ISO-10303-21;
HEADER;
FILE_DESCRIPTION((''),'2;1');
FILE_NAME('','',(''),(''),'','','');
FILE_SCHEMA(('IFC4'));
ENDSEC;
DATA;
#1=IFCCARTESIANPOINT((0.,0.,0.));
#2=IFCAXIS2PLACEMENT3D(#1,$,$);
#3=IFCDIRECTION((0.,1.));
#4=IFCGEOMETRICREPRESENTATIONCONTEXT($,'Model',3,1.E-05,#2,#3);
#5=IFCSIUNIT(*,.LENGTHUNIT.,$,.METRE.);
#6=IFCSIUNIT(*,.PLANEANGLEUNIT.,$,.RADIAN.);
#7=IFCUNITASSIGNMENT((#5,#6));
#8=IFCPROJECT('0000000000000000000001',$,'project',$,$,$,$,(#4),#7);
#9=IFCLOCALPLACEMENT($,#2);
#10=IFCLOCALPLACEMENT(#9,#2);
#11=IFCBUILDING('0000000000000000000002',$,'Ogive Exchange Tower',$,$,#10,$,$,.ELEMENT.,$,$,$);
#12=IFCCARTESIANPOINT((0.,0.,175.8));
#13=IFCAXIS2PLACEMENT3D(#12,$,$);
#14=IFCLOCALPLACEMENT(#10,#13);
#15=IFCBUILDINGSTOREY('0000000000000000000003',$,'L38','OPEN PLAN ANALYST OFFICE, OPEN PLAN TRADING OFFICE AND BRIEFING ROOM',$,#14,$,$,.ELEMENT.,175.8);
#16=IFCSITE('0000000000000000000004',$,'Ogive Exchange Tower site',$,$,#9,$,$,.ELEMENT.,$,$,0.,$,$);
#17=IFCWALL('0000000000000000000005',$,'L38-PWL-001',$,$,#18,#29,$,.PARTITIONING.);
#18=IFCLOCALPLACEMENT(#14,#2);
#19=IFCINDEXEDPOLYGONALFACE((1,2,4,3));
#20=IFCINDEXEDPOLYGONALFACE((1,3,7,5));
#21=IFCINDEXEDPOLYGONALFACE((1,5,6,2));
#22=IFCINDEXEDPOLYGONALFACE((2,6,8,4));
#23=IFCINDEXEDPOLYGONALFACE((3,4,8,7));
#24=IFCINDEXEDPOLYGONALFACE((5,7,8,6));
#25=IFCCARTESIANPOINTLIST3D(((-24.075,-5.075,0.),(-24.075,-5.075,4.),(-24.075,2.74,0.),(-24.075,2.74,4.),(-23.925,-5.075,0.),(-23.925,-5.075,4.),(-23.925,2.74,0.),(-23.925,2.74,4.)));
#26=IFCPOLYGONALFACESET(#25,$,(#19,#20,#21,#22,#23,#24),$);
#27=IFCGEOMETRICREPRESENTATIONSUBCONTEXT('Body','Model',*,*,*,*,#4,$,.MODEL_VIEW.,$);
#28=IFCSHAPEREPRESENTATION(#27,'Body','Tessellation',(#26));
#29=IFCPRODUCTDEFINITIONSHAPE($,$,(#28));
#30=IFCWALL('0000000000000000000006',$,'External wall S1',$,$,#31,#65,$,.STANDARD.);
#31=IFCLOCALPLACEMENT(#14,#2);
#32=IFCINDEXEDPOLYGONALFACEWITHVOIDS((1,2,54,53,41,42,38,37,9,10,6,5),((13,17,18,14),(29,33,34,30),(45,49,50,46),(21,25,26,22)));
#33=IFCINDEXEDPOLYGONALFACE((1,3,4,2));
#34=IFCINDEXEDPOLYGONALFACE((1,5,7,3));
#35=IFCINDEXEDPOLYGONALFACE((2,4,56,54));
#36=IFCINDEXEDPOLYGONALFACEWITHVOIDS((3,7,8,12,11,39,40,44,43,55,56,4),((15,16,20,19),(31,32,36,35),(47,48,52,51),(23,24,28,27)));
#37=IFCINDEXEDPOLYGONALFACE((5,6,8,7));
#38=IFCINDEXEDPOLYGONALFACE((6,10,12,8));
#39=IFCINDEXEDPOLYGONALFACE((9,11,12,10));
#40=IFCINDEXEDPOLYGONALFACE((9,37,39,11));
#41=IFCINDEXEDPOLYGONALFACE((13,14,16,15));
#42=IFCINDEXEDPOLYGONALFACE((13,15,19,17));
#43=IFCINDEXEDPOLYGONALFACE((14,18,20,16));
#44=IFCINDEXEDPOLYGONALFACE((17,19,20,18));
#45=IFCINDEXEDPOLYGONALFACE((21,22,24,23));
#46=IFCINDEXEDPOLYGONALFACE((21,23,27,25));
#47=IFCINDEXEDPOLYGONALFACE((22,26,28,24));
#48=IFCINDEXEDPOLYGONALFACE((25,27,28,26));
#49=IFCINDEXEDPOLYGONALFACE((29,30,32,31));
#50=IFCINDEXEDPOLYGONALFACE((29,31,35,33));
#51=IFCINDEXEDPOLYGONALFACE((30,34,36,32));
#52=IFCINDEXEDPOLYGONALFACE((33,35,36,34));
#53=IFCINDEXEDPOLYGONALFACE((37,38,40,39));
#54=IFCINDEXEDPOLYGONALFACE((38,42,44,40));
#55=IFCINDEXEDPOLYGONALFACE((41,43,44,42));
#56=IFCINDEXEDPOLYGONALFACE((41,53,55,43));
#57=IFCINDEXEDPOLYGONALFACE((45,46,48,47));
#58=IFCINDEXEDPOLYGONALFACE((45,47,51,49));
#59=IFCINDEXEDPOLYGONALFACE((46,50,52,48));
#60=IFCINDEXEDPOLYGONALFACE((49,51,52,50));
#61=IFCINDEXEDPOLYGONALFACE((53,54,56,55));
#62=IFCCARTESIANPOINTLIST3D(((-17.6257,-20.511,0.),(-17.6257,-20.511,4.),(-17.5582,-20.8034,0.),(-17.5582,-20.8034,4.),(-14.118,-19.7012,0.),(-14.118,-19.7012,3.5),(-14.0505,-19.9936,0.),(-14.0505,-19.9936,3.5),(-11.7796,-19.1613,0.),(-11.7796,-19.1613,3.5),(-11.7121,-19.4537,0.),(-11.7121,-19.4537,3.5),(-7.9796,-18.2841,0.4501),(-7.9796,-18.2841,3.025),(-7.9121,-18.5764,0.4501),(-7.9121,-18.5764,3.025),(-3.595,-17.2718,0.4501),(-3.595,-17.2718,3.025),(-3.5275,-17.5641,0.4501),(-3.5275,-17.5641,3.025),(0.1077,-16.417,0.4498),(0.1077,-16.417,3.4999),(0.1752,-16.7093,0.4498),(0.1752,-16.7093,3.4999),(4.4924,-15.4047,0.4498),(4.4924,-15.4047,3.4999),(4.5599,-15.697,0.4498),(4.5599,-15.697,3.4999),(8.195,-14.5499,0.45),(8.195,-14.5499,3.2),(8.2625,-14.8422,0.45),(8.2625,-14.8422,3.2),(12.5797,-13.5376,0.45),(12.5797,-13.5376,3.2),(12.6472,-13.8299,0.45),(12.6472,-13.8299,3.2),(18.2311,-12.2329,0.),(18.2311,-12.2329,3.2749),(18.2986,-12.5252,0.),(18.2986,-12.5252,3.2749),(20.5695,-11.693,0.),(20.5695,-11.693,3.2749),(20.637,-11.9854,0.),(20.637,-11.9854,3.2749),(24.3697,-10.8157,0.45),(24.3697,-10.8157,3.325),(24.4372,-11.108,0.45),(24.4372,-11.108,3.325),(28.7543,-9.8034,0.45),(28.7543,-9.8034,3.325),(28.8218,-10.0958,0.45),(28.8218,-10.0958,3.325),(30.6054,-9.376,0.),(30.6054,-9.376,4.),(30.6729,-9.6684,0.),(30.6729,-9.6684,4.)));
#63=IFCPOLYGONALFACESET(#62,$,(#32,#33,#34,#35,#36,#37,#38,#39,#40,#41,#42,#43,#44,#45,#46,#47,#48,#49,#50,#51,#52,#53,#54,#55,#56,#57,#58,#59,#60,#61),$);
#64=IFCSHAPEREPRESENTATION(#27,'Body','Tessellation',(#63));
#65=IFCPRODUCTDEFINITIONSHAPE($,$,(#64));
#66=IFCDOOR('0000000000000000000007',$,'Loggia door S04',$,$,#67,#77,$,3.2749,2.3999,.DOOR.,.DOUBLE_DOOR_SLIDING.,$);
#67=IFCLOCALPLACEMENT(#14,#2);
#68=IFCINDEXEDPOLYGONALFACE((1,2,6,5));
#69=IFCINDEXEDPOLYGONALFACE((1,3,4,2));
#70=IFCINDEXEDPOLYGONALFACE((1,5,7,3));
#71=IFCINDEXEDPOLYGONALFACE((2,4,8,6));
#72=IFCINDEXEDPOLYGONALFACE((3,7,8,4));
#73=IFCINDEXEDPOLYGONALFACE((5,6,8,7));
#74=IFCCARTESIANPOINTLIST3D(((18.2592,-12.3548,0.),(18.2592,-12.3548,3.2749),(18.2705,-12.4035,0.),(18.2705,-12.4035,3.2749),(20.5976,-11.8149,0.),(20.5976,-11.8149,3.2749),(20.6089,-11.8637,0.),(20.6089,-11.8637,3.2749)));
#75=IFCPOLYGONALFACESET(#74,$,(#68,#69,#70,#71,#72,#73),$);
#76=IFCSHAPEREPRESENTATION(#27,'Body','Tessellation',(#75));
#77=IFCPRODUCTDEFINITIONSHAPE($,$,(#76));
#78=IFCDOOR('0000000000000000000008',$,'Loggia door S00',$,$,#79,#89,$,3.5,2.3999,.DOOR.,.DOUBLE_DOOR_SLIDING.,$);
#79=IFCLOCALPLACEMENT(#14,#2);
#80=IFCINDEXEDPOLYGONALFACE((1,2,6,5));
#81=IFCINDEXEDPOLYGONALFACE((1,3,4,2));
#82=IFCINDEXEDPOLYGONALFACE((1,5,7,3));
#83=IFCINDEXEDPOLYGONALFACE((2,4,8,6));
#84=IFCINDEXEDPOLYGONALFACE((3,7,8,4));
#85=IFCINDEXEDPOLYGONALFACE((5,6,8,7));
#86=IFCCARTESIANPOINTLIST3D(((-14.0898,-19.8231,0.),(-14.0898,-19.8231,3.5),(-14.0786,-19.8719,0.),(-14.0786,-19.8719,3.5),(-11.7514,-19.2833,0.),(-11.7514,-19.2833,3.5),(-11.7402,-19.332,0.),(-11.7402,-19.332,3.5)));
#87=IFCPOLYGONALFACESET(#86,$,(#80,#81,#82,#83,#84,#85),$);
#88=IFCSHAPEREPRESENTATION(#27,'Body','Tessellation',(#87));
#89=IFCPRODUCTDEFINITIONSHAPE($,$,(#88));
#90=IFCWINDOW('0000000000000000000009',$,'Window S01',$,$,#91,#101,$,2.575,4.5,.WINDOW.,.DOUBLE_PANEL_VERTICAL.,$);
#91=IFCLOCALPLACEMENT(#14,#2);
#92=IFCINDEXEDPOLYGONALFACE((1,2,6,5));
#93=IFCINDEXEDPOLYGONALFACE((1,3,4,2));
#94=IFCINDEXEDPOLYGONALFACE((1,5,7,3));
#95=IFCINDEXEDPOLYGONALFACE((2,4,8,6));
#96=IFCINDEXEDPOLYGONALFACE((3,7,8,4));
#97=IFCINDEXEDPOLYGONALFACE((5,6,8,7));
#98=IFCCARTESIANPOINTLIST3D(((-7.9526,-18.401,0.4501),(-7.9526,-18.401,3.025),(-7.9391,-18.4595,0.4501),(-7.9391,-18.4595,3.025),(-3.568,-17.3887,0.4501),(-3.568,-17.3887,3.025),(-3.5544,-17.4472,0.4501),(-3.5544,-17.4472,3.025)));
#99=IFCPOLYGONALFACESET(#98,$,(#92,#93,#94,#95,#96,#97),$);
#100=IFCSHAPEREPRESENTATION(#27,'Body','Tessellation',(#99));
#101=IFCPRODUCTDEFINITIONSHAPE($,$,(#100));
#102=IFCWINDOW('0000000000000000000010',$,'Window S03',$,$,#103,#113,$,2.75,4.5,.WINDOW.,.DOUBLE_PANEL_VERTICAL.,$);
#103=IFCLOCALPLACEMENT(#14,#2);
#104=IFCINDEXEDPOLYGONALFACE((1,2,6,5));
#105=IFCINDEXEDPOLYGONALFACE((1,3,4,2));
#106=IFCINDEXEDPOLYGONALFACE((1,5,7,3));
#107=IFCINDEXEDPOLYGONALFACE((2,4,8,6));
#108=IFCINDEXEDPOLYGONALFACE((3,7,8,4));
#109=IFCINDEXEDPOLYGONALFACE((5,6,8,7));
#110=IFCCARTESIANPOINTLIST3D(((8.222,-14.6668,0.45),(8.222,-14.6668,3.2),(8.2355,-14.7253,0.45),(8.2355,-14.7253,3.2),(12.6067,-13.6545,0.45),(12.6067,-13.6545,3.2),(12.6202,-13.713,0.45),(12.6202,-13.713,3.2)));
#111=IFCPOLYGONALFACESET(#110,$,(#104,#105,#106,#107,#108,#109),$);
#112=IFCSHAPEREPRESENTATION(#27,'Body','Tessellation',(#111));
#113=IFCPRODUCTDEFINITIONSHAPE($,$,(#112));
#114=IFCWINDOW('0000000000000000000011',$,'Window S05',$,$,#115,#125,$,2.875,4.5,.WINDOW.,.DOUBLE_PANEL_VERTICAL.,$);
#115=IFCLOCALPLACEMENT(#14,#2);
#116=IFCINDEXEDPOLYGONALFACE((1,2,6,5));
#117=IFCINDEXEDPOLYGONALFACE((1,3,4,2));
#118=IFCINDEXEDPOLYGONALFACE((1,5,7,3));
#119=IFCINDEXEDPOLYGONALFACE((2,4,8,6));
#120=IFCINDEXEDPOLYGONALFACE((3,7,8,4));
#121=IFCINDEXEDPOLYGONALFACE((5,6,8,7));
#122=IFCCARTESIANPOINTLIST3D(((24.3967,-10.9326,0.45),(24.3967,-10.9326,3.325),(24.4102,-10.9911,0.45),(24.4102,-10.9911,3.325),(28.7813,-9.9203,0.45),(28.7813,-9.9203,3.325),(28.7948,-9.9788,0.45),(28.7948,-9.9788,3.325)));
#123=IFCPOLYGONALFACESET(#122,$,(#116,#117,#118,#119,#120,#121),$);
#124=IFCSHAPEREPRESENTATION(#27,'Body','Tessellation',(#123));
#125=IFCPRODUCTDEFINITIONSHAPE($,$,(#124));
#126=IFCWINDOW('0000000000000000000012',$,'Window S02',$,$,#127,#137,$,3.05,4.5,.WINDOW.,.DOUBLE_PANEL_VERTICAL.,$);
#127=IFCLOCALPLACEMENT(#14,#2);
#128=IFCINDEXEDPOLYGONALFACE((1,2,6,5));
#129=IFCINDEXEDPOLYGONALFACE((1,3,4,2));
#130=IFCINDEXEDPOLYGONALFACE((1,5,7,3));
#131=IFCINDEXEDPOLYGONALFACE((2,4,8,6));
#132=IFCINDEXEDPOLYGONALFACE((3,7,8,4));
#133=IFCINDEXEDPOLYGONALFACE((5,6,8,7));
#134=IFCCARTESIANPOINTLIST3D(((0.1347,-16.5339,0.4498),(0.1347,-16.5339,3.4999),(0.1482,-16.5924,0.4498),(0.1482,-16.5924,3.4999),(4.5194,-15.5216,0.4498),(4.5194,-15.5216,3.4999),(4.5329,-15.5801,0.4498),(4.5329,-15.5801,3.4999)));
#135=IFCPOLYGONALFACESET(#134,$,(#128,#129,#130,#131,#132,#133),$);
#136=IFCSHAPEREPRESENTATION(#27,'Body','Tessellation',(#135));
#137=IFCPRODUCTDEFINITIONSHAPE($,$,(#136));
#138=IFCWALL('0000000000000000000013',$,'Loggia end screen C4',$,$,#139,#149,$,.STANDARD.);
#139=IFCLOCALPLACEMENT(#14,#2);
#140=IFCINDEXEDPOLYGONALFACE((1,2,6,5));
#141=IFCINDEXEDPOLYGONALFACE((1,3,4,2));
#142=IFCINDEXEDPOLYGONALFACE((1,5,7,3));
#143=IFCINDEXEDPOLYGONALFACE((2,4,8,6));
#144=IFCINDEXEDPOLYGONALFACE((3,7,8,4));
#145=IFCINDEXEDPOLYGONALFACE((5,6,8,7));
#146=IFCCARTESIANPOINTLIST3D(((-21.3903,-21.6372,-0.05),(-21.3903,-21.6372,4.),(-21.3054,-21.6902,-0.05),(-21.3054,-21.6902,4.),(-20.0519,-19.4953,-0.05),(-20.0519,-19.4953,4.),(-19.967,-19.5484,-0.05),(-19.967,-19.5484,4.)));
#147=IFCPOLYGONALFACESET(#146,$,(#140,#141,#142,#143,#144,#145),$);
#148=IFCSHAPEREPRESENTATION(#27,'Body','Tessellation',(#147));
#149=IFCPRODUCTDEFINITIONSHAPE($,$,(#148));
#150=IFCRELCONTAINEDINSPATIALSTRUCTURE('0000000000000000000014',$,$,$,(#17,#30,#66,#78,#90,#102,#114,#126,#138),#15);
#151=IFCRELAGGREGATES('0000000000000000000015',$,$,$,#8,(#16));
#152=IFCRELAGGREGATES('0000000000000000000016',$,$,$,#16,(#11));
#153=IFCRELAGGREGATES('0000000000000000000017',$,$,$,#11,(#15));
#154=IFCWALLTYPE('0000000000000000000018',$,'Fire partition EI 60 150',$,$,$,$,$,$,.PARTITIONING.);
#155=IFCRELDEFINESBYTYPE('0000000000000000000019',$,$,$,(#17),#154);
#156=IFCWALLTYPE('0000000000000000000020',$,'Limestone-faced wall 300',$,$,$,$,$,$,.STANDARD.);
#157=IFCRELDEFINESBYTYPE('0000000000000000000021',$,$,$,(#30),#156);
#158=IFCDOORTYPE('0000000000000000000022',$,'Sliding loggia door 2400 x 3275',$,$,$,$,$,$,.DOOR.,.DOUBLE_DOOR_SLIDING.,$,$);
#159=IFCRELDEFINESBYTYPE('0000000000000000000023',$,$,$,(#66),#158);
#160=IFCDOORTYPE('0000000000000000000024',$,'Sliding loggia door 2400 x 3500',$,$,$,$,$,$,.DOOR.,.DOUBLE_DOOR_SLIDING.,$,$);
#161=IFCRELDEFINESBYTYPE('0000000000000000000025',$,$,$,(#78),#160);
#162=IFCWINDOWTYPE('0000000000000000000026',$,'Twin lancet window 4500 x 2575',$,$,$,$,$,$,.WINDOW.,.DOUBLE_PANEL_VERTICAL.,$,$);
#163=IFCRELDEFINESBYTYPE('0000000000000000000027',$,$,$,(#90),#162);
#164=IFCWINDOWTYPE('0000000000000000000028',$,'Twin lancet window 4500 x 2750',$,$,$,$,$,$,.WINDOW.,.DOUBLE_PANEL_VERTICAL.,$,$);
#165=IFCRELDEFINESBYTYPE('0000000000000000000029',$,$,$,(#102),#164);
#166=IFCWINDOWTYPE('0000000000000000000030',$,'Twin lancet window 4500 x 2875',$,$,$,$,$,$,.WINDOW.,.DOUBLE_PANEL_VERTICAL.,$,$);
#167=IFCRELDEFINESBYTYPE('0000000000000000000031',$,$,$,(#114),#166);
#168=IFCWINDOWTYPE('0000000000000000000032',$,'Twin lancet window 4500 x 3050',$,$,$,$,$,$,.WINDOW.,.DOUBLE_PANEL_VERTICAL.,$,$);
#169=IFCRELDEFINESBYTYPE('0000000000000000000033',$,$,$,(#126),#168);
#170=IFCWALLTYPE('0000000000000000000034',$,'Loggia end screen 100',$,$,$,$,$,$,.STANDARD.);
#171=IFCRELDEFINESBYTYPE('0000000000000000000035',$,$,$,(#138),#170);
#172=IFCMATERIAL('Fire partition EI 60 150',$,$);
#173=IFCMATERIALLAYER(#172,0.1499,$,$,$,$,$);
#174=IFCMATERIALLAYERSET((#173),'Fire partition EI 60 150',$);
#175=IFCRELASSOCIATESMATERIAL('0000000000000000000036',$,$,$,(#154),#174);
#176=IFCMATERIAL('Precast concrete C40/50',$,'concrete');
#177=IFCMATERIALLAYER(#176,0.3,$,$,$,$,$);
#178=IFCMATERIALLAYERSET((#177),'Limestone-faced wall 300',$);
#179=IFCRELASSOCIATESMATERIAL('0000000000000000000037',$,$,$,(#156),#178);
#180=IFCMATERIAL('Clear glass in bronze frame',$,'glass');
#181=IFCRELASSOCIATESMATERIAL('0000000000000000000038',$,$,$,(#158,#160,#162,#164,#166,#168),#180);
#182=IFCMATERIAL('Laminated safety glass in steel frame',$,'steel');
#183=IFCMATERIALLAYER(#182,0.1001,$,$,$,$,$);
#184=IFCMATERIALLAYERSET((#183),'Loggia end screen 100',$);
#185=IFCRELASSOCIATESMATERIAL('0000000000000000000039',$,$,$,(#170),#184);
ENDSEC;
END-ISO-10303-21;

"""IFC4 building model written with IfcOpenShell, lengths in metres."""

from ifc_helpers import new_model, si_unit, direction, frame, frame_2d, origin, place, context, subcontext, project, spatial, rectangle, extrude, material, layer, layer_set, type_object, element, fill, save


model = new_model("IFC4")

# Units and contexts
model_context = context("Model", 3, precision=1e-05, world=origin(), true_north=direction((0.0, 1.0)))
body_context = subcontext(model_context, "Body", "Model", "MODEL_VIEW")
ifc_project = project(units=[si_unit("LENGTHUNIT", "METRE"), si_unit("PLANEANGLEUNIT", "RADIAN")], contexts=[model_context])

# Site, building, storey
site_placement = place(None, origin())
site = spatial("IfcSite", under=ifc_project, at=site_placement, Name="Ogive Exchange Tower site", CompositionType="ELEMENT", RefElevation=0.0)
building_placement = place(site_placement, origin())
building = spatial("IfcBuilding", under=site, at=building_placement, Name="Ogive Exchange Tower", CompositionType="ELEMENT")
storey_placement = place(building_placement, frame((0.0, 0.0, 175.8)))
storey = spatial("IfcBuildingStorey", under=building, at=storey_placement, Name="L38", Description="OPEN PLAN ANALYST OFFICE, OPEN PLAN TRADING OFFICE AND BRIEFING ROOM", CompositionType="ELEMENT", Elevation=175.8)

# Wall
ifc_material_1 = material(Name="Fire partition EI 60 150")
ifc_layer_1 = layer(ifc_material_1, 0.1499)
ifc_layer_set_1 = layer_set([ifc_layer_1], Name="Fire partition EI 60 150")
wall_type_1 = type_object("IfcWallType", Name="Fire partition EI 60 150", PredefinedType="PARTITIONING", material=ifc_layer_set_1)
wall_1_placement = place(storey_placement, frame((-24.0, -5.075, 0.0), z_axis=(0.0, 0.0, 1.0), x_axis=(0.0, 1.0, 0.0)))
element("IfcWall", 1, at=wall_1_placement, inside=storey, type_object=wall_type_1, Name="L38-PWL-001", PredefinedType="PARTITIONING", context=body_context, shape_type="SweptSolid", body=[
    extrude(rectangle(XDim=7.8149, YDim=0.1499, at=frame_2d((3.9075, 0.0))), origin(), (0.0, 0.0, 1.0), 4.0),
])

# Wall, openings, doors, windows
ifc_material_2 = material(Name="Precast concrete C40/50", Category="concrete")
ifc_layer_2 = layer(ifc_material_2, 0.3)
ifc_layer_set_2 = layer_set([ifc_layer_2], Name="Limestone-faced wall 300")
wall_type_2 = type_object("IfcWallType", Name="Limestone-faced wall 300", PredefinedType="STANDARD", material=ifc_layer_set_2)
wall_2_placement = place(storey_placement, frame((-17.592, -20.6572, 0.0), z_axis=(0.0, 0.0, 1.0), x_axis=(0.97437, 0.22495, 0.0)))
wall_2 = element("IfcWall", 2, at=wall_2_placement, inside=storey, type_object=wall_type_2, Name="External wall S1", PredefinedType="STANDARD", context=body_context, shape_type="SweptSolid", body=[
    extrude(rectangle(XDim=49.4998, YDim=0.3, at=frame_2d((24.75, 0.0))), origin(), (0.0, 0.0, 1.0), 4.0),
])
opening_1_placement = place(wall_2_placement, frame((3.6001, 0.0, 0.0)))
opening_1 = element("IfcOpeningElement", 3, at=opening_1_placement, cuts=wall_2, PredefinedType="OPENING", context=body_context, shape_type="SweptSolid", body=[
    extrude(rectangle(XDim=2.3999, YDim=3.5, at=frame_2d((1.2, 1.75))), frame((0.0, 0.1599, 0.0), z_axis=(0.0, -1.0, 0.0), x_axis=(1.0, 0.0, 0.0)), (0.0, 0.0, 1.0), 0.3201),
])
opening_2_placement = place(wall_2_placement, frame((9.8999, 0.0, 0.45)))
opening_2 = element("IfcOpeningElement", 4, at=opening_2_placement, cuts=wall_2, PredefinedType="OPENING", context=body_context, shape_type="SweptSolid", body=[
    extrude(rectangle(XDim=4.5, YDim=2.575, at=frame_2d((2.25, 1.2876))), frame((0.0, 0.1599, 0.0), z_axis=(0.0, -1.0, 0.0), x_axis=(1.0, 0.0, 0.0)), (0.0, 0.0, 1.0), 0.3201),
])
opening_3_placement = place(wall_2_placement, frame((18.2, 0.0, 0.45)))
opening_3 = element("IfcOpeningElement", 5, at=opening_3_placement, cuts=wall_2, PredefinedType="OPENING", context=body_context, shape_type="SweptSolid", body=[
    extrude(rectangle(XDim=4.5, YDim=3.05, at=frame_2d((2.25, 1.5249))), frame((0.0, 0.1599, 0.0), z_axis=(0.0, -1.0, 0.0), x_axis=(1.0, 0.0, 0.0)), (0.0, 0.0, 1.0), 0.3201),
])
opening_4_placement = place(wall_2_placement, frame((26.5, 0.0, 0.45)))
opening_4 = element("IfcOpeningElement", 6, at=opening_4_placement, cuts=wall_2, PredefinedType="OPENING", context=body_context, shape_type="SweptSolid", body=[
    extrude(rectangle(XDim=4.5, YDim=2.75, at=frame_2d((2.25, 1.375))), frame((0.0, 0.1599, 0.0), z_axis=(0.0, -1.0, 0.0), x_axis=(1.0, 0.0, 0.0)), (0.0, 0.0, 1.0), 0.3201),
])
opening_5_placement = place(wall_2_placement, frame((36.8, 0.0, 0.0)))
opening_5 = element("IfcOpeningElement", 7, at=opening_5_placement, cuts=wall_2, PredefinedType="OPENING", context=body_context, shape_type="SweptSolid", body=[
    extrude(rectangle(XDim=2.3999, YDim=3.2749, at=frame_2d((1.2, 1.6375))), frame((0.0, 0.1599, 0.0), z_axis=(0.0, -1.0, 0.0), x_axis=(1.0, 0.0, 0.0)), (0.0, 0.0, 1.0), 0.3201),
])
opening_6_placement = place(wall_2_placement, frame((43.1001, 0.0, 0.45)))
opening_6 = element("IfcOpeningElement", 8, at=opening_6_placement, cuts=wall_2, PredefinedType="OPENING", context=body_context, shape_type="SweptSolid", body=[
    extrude(rectangle(XDim=4.5, YDim=2.875, at=frame_2d((2.25, 1.4375))), frame((0.0, 0.1599, 0.0), z_axis=(0.0, -1.0, 0.0), x_axis=(1.0, 0.0, 0.0)), (0.0, 0.0, 1.0), 0.3201),
])
ifc_material_3 = material(Name="Clear glass in bronze frame", Category="glass")
door_type_1 = type_object("IfcDoorType", Name="Sliding loggia door 2400 x 3275", OperationType="DOUBLE_DOOR_SLIDING", PredefinedType="DOOR", material=ifc_material_3)
door_1_placement = place(opening_5_placement, origin())
door_1 = element("IfcDoor", 9, at=door_1_placement, inside=storey, type_object=door_type_1, Name="Loggia door S04", OperationType="DOUBLE_DOOR_SLIDING", OverallHeight=3.2749, OverallWidth=2.3999, PredefinedType="DOOR", context=body_context, shape_type="SweptSolid", body=[
    extrude(rectangle(XDim=2.3999, YDim=3.2749, at=frame_2d((1.2, 1.6375))), frame((0.0, 0.0249, 0.0), z_axis=(0.0, -1.0, 0.0), x_axis=(1.0, 0.0, 0.0)), (0.0, 0.0, 1.0), 0.05),
])
fill(opening_5, door_1)
door_type_2 = type_object("IfcDoorType", Name="Sliding loggia door 2400 x 3500", OperationType="DOUBLE_DOOR_SLIDING", PredefinedType="DOOR", material=ifc_material_3)
door_2_placement = place(opening_1_placement, origin())
door_2 = element("IfcDoor", 10, at=door_2_placement, inside=storey, type_object=door_type_2, Name="Loggia door S00", OperationType="DOUBLE_DOOR_SLIDING", OverallHeight=3.5, OverallWidth=2.3999, PredefinedType="DOOR", context=body_context, shape_type="SweptSolid", body=[
    extrude(rectangle(XDim=2.3999, YDim=3.5, at=frame_2d((1.2, 1.75))), frame((0.0, 0.0249, 0.0), z_axis=(0.0, -1.0, 0.0), x_axis=(1.0, 0.0, 0.0)), (0.0, 0.0, 1.0), 0.05),
])
fill(opening_1, door_2)
window_type_1 = type_object("IfcWindowType", Name="Twin lancet window 4500 x 2575", PartitioningType="DOUBLE_PANEL_VERTICAL", PredefinedType="WINDOW", material=ifc_material_3)
window_1_placement = place(opening_2_placement, origin())
window_1 = element("IfcWindow", 11, at=window_1_placement, inside=storey, type_object=window_type_1, Name="Window S01", OverallHeight=2.575, OverallWidth=4.5, PartitioningType="DOUBLE_PANEL_VERTICAL", PredefinedType="WINDOW", context=body_context, shape_type="SweptSolid", body=[
    extrude(rectangle(XDim=4.5, YDim=2.575, at=frame_2d((2.25, 1.2876))), frame((0.0, 0.03, 0.0), z_axis=(0.0, -1.0, 0.0), x_axis=(1.0, 0.0, 0.0)), (0.0, 0.0, 1.0), 0.0601),
])
fill(opening_2, window_1)
window_type_2 = type_object("IfcWindowType", Name="Twin lancet window 4500 x 2750", PartitioningType="DOUBLE_PANEL_VERTICAL", PredefinedType="WINDOW", material=ifc_material_3)
window_2_placement = place(opening_4_placement, origin())
window_2 = element("IfcWindow", 12, at=window_2_placement, inside=storey, type_object=window_type_2, Name="Window S03", OverallHeight=2.75, OverallWidth=4.5, PartitioningType="DOUBLE_PANEL_VERTICAL", PredefinedType="WINDOW", context=body_context, shape_type="SweptSolid", body=[
    extrude(rectangle(XDim=4.5, YDim=2.75, at=frame_2d((2.25, 1.375))), frame((0.0, 0.03, 0.0), z_axis=(0.0, -1.0, 0.0), x_axis=(1.0, 0.0, 0.0)), (0.0, 0.0, 1.0), 0.0601),
])
fill(opening_4, window_2)
window_type_3 = type_object("IfcWindowType", Name="Twin lancet window 4500 x 2875", PartitioningType="DOUBLE_PANEL_VERTICAL", PredefinedType="WINDOW", material=ifc_material_3)
window_3_placement = place(opening_6_placement, origin())
window_3 = element("IfcWindow", 13, at=window_3_placement, inside=storey, type_object=window_type_3, Name="Window S05", OverallHeight=2.875, OverallWidth=4.5, PartitioningType="DOUBLE_PANEL_VERTICAL", PredefinedType="WINDOW", context=body_context, shape_type="SweptSolid", body=[
    extrude(rectangle(XDim=4.5, YDim=2.875, at=frame_2d((2.25, 1.4375))), frame((0.0, 0.03, 0.0), z_axis=(0.0, -1.0, 0.0), x_axis=(1.0, 0.0, 0.0)), (0.0, 0.0, 1.0), 0.0601),
])
fill(opening_6, window_3)
window_type_4 = type_object("IfcWindowType", Name="Twin lancet window 4500 x 3050", PartitioningType="DOUBLE_PANEL_VERTICAL", PredefinedType="WINDOW", material=ifc_material_3)
window_4_placement = place(opening_3_placement, origin())
window_4 = element("IfcWindow", 14, at=window_4_placement, inside=storey, type_object=window_type_4, Name="Window S02", OverallHeight=3.05, OverallWidth=4.5, PartitioningType="DOUBLE_PANEL_VERTICAL", PredefinedType="WINDOW", context=body_context, shape_type="SweptSolid", body=[
    extrude(rectangle(XDim=4.5, YDim=3.05, at=frame_2d((2.25, 1.5249))), frame((0.0, 0.03, 0.0), z_axis=(0.0, -1.0, 0.0), x_axis=(1.0, 0.0, 0.0)), (0.0, 0.0, 1.0), 0.0601),
])
fill(opening_3, window_4)

# Wall
ifc_material_4 = material(Name="Laminated safety glass in steel frame", Category="steel")
ifc_layer_3 = layer(ifc_material_4, 0.1001)
ifc_layer_set_3 = layer_set([ifc_layer_3], Name="Loggia end screen 100")
wall_type_3 = type_object("IfcWallType", Name="Loggia end screen 100", PredefinedType="STANDARD", material=ifc_layer_set_3)
wall_3_placement = place(storey_placement, frame((-20.0095, -19.522, -0.05), z_axis=(0.0, 0.0, 1.0), x_axis=(-0.529921, -0.848047, 0.0)))
element("IfcWall", 15, at=wall_3_placement, inside=storey, type_object=wall_type_3, Name="Loggia end screen C4", PredefinedType="STANDARD", context=body_context, shape_type="SweptSolid", body=[
    extrude(rectangle(XDim=2.5256, YDim=0.1001, at=frame_2d((1.2627, 0.0))), origin(), (0.0, 0.0, 1.0), 4.05),
])

save(model, "model.ifc")
